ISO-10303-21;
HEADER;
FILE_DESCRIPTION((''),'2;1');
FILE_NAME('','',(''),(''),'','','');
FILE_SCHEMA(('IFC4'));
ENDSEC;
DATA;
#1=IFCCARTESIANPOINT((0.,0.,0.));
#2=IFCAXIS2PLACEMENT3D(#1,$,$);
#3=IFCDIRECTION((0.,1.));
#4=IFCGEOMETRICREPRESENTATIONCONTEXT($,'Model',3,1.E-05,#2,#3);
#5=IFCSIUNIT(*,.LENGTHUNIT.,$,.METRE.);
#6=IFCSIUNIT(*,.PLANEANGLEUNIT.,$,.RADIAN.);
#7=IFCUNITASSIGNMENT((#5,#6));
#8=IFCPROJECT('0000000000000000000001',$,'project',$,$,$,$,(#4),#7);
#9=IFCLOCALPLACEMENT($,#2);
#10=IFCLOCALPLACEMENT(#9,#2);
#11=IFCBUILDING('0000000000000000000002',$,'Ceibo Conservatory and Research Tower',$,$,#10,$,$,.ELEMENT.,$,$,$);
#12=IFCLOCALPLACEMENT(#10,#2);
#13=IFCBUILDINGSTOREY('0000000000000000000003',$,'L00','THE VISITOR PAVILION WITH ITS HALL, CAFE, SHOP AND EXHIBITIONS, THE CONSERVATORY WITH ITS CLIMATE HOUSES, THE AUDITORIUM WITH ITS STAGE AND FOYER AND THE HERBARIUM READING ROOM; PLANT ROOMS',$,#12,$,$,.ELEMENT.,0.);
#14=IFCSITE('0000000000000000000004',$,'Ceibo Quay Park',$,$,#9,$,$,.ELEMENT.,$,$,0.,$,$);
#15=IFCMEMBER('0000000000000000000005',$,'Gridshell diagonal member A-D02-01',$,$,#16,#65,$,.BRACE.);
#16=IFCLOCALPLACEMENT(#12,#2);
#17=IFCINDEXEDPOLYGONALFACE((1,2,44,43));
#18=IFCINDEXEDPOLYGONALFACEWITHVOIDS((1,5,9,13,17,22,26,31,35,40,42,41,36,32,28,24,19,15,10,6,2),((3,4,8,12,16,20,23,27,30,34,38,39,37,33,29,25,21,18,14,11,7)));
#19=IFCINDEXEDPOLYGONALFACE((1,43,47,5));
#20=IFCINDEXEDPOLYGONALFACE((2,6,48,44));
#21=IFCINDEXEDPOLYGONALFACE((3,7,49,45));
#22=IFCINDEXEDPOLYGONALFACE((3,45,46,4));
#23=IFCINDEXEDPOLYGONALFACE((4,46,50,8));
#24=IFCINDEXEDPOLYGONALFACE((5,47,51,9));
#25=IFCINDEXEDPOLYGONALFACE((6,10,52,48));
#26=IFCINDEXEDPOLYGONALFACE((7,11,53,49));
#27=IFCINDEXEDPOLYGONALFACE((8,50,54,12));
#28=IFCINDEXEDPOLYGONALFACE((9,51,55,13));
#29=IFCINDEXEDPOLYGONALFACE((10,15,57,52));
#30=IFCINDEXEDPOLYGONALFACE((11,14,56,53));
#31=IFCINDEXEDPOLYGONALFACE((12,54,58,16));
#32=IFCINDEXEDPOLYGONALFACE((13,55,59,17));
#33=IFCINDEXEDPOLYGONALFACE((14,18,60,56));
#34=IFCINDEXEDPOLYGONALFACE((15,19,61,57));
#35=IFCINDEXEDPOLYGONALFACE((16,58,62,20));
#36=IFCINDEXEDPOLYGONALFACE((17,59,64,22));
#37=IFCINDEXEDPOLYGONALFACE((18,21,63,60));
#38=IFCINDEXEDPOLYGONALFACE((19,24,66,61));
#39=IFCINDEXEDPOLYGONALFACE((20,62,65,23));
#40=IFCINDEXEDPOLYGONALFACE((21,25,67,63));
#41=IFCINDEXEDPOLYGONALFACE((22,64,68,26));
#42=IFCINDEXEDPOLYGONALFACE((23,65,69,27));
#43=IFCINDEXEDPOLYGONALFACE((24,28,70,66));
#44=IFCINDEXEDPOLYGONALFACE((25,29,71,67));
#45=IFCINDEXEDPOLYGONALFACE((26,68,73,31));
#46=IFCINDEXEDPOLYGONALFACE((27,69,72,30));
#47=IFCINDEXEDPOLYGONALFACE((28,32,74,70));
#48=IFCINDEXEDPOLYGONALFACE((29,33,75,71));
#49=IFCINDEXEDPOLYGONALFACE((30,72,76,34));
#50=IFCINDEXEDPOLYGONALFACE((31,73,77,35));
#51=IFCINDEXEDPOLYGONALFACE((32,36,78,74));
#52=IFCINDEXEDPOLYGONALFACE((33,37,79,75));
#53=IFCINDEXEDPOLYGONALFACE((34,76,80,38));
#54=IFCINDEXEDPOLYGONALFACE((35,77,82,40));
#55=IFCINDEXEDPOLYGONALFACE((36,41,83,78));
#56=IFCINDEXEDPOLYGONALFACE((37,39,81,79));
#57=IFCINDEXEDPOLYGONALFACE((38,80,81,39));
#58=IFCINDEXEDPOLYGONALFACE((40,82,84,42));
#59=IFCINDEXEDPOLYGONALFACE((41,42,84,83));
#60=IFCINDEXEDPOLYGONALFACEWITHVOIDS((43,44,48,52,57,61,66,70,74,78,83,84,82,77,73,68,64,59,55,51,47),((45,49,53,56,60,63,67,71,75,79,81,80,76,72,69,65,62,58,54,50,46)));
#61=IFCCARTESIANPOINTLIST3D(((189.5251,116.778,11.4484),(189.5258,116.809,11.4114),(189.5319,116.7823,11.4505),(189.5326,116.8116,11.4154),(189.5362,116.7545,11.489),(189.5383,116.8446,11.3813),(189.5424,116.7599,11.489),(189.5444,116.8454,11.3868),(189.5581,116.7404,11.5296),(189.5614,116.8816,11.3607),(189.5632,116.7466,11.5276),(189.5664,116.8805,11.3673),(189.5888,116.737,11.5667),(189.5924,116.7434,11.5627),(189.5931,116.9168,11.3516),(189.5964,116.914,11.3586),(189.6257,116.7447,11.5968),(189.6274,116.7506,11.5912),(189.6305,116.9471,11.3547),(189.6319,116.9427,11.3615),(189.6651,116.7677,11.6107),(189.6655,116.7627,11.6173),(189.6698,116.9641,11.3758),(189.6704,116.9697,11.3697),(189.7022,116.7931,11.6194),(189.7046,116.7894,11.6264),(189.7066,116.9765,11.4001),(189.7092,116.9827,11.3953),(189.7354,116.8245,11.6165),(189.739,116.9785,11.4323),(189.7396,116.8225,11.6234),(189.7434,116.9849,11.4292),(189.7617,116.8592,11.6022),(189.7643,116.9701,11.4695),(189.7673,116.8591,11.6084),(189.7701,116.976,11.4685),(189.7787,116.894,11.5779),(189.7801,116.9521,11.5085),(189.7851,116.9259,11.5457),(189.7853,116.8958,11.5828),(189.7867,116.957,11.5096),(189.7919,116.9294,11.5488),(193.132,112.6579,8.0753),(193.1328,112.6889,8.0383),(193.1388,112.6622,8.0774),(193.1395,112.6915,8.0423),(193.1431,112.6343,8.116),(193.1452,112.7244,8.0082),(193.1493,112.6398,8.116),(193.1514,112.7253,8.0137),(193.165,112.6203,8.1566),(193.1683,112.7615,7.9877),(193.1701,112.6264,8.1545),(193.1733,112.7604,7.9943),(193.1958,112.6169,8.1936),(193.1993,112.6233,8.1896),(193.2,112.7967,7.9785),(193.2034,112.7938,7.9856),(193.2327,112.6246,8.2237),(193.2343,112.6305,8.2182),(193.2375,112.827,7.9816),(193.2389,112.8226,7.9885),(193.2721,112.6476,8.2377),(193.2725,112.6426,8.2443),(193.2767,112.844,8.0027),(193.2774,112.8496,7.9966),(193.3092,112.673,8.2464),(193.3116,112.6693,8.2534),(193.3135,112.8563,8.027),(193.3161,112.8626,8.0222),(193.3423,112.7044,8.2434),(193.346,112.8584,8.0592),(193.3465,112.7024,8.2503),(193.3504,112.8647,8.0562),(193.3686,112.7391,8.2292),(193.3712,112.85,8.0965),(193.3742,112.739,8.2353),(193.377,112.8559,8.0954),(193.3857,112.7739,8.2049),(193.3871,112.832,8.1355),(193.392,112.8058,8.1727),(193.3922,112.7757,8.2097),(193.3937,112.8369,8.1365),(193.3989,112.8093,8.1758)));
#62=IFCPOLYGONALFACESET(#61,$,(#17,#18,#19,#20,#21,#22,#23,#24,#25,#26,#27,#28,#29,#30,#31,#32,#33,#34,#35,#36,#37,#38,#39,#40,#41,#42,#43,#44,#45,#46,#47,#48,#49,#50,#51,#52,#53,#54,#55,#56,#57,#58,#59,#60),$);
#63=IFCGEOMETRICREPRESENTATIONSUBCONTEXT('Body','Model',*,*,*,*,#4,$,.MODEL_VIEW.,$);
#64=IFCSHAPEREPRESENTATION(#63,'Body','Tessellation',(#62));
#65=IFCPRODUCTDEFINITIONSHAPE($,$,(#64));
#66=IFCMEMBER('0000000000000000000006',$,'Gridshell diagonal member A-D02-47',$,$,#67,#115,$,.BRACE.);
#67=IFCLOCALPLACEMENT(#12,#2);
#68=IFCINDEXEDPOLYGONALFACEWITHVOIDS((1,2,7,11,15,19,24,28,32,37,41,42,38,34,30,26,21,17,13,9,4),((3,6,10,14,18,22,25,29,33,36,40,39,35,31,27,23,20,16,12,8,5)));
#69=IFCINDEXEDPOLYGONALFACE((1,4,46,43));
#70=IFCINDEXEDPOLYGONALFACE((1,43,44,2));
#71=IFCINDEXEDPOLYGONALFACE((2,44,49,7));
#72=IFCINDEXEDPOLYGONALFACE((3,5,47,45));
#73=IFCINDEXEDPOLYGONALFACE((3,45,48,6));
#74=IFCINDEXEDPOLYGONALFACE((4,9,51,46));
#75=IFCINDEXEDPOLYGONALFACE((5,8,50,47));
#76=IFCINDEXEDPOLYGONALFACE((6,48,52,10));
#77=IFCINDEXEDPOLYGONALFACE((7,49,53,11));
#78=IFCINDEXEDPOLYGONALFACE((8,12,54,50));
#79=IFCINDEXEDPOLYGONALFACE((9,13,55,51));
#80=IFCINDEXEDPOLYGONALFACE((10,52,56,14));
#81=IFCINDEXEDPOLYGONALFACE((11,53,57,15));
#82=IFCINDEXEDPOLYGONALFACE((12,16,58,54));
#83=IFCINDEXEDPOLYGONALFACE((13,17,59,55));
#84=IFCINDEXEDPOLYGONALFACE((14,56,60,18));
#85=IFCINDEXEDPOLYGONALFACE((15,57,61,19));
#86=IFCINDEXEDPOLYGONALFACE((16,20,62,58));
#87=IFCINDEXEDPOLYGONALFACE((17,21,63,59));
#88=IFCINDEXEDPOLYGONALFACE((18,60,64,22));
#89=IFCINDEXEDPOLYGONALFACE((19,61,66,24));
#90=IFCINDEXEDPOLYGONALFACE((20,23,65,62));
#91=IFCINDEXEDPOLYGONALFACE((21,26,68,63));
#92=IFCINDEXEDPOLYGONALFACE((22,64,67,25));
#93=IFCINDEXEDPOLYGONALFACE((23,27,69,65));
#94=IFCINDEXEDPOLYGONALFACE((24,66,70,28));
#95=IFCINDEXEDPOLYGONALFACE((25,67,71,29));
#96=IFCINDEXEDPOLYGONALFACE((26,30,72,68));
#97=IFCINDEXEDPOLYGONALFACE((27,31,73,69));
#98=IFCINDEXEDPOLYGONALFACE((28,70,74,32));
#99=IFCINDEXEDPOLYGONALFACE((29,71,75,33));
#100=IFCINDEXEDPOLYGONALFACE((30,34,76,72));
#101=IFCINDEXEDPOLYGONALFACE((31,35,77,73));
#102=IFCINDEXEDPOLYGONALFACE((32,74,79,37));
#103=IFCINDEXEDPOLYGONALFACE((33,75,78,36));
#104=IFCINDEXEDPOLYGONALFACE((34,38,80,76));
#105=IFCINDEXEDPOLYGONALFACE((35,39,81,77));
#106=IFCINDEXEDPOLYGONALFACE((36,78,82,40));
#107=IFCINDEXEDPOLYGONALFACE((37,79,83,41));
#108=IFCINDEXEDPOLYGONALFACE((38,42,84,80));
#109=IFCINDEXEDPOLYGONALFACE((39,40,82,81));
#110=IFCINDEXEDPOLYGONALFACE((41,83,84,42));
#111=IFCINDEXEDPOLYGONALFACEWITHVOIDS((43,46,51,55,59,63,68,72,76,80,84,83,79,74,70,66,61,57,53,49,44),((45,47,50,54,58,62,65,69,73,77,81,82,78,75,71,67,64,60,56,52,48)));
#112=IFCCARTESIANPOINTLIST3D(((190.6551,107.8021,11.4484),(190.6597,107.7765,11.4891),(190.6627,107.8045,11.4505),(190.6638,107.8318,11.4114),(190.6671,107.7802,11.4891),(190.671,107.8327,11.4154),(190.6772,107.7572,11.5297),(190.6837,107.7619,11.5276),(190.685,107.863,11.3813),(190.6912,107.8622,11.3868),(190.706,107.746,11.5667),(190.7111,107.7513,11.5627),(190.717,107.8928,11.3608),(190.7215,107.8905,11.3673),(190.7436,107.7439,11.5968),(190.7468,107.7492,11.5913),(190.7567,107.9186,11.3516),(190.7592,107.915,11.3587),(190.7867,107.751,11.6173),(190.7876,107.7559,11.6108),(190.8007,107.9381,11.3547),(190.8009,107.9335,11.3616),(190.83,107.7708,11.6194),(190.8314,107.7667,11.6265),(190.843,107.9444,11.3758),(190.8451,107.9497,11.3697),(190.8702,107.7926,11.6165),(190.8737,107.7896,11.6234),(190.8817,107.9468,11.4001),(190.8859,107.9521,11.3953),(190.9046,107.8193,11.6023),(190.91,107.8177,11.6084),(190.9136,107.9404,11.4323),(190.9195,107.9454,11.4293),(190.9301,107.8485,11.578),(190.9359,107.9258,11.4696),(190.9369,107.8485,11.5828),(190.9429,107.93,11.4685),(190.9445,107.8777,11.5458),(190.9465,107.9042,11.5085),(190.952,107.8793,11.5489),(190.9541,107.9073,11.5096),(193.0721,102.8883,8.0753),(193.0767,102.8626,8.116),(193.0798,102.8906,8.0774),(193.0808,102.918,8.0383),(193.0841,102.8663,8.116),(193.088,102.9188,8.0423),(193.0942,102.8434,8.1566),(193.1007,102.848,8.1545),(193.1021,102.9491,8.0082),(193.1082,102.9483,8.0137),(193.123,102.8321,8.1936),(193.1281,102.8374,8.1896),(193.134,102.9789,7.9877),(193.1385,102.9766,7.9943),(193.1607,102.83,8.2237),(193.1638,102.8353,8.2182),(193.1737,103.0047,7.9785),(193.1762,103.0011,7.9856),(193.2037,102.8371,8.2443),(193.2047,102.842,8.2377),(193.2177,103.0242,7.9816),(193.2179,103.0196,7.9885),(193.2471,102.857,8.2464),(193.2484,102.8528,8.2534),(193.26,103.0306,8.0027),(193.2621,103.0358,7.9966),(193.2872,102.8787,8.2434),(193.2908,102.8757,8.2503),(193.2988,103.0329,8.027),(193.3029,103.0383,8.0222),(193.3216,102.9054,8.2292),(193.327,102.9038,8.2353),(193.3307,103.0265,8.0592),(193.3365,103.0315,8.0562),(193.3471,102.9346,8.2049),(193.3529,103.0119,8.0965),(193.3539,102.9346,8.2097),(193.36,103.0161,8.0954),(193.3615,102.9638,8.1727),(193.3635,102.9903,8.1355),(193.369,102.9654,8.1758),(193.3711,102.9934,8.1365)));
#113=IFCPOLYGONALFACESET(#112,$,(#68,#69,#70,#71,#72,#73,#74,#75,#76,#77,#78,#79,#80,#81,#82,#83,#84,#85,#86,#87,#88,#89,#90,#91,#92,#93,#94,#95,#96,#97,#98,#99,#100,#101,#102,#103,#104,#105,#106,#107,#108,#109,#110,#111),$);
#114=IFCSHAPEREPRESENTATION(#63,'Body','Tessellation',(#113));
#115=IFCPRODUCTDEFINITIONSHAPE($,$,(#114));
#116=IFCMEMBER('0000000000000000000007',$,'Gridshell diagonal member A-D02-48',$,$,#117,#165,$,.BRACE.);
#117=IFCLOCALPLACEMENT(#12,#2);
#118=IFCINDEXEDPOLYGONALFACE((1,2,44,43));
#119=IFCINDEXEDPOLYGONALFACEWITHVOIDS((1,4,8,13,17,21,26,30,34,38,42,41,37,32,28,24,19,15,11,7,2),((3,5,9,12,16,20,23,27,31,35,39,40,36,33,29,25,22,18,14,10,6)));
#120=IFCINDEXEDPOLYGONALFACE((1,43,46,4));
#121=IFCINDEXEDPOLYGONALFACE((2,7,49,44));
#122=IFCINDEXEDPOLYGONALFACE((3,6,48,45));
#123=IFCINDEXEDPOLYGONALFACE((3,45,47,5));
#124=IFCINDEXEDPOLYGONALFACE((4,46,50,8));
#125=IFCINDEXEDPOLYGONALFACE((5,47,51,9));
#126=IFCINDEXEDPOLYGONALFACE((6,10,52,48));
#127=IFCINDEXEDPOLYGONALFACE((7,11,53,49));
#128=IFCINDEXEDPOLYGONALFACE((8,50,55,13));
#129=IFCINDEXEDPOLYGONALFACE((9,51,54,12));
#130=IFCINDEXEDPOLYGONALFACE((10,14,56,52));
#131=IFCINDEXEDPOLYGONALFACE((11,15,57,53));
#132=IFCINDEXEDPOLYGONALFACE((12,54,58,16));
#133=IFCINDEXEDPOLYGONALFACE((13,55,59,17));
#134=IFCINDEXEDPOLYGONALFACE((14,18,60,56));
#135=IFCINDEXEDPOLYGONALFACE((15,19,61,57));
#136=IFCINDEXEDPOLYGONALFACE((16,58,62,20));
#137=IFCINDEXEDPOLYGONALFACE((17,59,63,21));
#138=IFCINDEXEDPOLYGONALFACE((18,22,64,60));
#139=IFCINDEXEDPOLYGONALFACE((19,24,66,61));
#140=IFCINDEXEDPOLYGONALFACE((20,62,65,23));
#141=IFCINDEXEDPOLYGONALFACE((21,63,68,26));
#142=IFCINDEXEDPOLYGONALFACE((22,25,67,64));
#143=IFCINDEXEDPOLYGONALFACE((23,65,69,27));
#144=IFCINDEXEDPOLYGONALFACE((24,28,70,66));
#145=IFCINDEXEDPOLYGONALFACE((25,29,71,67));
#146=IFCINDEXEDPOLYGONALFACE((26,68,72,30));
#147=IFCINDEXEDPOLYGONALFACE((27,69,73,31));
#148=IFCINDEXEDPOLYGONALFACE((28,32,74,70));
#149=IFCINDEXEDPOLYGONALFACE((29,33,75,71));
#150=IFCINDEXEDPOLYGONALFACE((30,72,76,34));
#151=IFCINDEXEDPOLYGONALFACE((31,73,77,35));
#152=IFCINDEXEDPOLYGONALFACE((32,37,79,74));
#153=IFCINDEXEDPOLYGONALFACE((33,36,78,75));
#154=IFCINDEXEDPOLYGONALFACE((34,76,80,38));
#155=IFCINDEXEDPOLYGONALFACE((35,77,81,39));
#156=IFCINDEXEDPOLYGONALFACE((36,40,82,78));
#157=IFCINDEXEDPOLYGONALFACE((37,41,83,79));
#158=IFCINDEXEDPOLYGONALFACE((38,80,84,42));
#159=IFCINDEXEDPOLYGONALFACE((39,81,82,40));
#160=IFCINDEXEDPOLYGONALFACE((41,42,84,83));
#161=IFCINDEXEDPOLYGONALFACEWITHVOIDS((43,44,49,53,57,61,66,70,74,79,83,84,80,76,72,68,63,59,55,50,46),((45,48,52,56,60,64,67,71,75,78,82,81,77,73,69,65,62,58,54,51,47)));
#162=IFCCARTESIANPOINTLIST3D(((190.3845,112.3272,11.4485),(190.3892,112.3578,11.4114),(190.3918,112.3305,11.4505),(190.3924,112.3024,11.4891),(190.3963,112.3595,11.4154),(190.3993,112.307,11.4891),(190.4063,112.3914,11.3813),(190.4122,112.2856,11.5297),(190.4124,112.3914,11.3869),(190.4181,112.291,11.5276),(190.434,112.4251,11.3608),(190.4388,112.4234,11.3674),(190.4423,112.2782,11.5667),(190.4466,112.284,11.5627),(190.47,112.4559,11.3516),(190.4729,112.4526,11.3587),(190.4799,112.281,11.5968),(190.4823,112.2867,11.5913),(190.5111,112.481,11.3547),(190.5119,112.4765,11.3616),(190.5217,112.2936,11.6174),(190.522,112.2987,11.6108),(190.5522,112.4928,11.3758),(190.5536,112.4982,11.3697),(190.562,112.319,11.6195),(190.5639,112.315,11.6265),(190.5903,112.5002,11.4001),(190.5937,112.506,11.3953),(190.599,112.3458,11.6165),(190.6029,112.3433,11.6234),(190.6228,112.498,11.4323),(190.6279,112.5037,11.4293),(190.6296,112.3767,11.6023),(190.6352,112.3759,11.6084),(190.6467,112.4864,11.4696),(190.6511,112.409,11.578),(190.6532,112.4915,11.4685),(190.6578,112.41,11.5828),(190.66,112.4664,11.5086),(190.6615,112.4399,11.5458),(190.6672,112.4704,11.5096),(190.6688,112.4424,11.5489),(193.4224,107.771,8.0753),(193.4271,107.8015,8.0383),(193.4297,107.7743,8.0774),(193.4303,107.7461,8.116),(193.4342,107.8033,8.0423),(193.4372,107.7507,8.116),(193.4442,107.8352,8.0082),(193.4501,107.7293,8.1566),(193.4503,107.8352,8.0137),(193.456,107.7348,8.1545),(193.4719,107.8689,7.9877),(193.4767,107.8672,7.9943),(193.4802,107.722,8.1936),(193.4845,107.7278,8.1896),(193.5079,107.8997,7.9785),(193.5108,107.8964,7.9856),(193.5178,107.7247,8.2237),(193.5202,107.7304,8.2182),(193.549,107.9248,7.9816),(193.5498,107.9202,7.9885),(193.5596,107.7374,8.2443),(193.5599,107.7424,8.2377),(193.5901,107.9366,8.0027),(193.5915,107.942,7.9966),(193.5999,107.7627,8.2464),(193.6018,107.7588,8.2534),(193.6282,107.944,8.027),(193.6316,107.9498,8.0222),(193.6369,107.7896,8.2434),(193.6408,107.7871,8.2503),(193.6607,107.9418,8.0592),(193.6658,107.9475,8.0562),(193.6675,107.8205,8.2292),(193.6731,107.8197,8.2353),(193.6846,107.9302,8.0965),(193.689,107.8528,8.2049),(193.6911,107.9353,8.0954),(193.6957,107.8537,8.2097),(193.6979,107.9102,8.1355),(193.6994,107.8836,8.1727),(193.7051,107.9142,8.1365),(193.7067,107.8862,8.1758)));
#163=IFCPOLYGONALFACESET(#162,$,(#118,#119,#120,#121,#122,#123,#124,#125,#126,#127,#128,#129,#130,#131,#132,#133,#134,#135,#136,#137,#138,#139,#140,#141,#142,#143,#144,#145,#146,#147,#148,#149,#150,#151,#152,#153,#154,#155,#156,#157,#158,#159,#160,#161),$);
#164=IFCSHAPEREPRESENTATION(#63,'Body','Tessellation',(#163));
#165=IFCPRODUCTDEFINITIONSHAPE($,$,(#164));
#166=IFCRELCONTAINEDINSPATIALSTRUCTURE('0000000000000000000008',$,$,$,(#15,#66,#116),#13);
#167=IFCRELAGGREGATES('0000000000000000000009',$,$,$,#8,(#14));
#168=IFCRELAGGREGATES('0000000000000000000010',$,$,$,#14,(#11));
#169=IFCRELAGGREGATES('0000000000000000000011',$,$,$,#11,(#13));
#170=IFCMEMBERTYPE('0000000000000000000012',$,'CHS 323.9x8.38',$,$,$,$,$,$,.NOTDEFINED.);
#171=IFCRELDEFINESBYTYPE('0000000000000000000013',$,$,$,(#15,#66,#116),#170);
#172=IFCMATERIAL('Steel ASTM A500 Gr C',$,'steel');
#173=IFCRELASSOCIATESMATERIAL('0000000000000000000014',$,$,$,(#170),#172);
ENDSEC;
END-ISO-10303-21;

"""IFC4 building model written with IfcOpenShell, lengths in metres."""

from ifc_helpers import new_model, si_unit, direction, frame, origin, origin_2d, place, context, subcontext, project, spatial, hollow_circle, extrude, material, material_profile, profile_set, type_object, element, save


model = new_model("IFC4")

# Units and contexts
model_context = context("Model", 3, precision=1e-05, world=origin(), true_north=direction((0.0, 1.0)))
body_context = subcontext(model_context, "Body", "Model", "MODEL_VIEW")
ifc_project = project(units=[si_unit("LENGTHUNIT", "METRE"), si_unit("PLANEANGLEUNIT", "RADIAN")], contexts=[model_context])

# Site, building, storey
site_placement = place(None, origin())
site = spatial("IfcSite", under=ifc_project, at=site_placement, Name="Ceibo Quay Park", CompositionType="ELEMENT", RefElevation=0.0)
building_placement = place(site_placement, origin())
building = spatial("IfcBuilding", under=site, at=building_placement, Name="Ceibo Conservatory and Research Tower", CompositionType="ELEMENT")
storey_placement = place(building_placement, origin())
storey = spatial("IfcBuildingStorey", under=building, at=storey_placement, Name="L00", Description="THE VISITOR PAVILION WITH ITS HALL, CAFE, SHOP AND EXHIBITIONS, THE CONSERVATORY WITH ITS CLIMATE HOUSES, THE AUDITORIUM WITH ITS STAGE AND FOYER AND THE HERBARIUM READING ROOM; PLANT ROOMS", CompositionType="ELEMENT", Elevation=0.0)

# Members
ifc_material_1 = material(Name="Steel ASTM A500 Gr C", Category="steel")
ifc_material_profile_1 = material_profile(ifc_material_1, hollow_circle(Radius=0.1619, WallThickness=0.0083, at=origin_2d()), Name="CHS 323.9x8.38")
ifc_profile_set_1 = profile_set([ifc_material_profile_1], Name="Steel ASTM A500 Gr C")
member_type_1 = type_object("IfcMemberType", Name="CHS 323.9x8.38", PredefinedType="NOTDEFINED", material=ifc_profile_set_1)
member_1_placement = place(storey_placement, frame((193.2649, 112.741, 8.116), z_axis=(-0.560833, 0.640626, 0.524466), x_axis=(-0.752411, -0.658694, 0.0)))
element("IfcMember", 1, at=member_1_placement, inside=storey, type_object=member_type_1, Name="Gridshell diagonal member A-D02-01", PredefinedType="BRACE", context=body_context, shape_type="SweptSolid", body=[
    extrude(hollow_circle(Radius=0.1619, WallThickness=0.0083, at=origin_2d()), origin(), (0.0, 0.0, 1.0), 6.4314),
])
for number, where, z_axis, x_axis, name in (
    (2, (193.2219, 102.9341, 8.116), (-0.375802, 0.764017, 0.524453), (-0.897324, -0.441373, 0.0), "Gridshell diagonal member A-D02-47"),
    (3, (193.5649, 107.8359, 8.116), (-0.472337, 0.70841, 0.524456), (-0.832016, -0.554752, 0.0), "Gridshell diagonal member A-D02-48"),
):
    element("IfcMember", number, at=place(storey_placement, frame(where, z_axis=z_axis, x_axis=x_axis)), inside=storey, type_object=member_type_1, Name=name, PredefinedType="BRACE", context=body_context, shape_type="SweptSolid", body=[
        extrude(hollow_circle(Radius=0.1619, WallThickness=0.0083, at=origin_2d()), origin(), (0.0, 0.0, 1.0), 6.4316),
    ])

save(model, "model.ifc")
